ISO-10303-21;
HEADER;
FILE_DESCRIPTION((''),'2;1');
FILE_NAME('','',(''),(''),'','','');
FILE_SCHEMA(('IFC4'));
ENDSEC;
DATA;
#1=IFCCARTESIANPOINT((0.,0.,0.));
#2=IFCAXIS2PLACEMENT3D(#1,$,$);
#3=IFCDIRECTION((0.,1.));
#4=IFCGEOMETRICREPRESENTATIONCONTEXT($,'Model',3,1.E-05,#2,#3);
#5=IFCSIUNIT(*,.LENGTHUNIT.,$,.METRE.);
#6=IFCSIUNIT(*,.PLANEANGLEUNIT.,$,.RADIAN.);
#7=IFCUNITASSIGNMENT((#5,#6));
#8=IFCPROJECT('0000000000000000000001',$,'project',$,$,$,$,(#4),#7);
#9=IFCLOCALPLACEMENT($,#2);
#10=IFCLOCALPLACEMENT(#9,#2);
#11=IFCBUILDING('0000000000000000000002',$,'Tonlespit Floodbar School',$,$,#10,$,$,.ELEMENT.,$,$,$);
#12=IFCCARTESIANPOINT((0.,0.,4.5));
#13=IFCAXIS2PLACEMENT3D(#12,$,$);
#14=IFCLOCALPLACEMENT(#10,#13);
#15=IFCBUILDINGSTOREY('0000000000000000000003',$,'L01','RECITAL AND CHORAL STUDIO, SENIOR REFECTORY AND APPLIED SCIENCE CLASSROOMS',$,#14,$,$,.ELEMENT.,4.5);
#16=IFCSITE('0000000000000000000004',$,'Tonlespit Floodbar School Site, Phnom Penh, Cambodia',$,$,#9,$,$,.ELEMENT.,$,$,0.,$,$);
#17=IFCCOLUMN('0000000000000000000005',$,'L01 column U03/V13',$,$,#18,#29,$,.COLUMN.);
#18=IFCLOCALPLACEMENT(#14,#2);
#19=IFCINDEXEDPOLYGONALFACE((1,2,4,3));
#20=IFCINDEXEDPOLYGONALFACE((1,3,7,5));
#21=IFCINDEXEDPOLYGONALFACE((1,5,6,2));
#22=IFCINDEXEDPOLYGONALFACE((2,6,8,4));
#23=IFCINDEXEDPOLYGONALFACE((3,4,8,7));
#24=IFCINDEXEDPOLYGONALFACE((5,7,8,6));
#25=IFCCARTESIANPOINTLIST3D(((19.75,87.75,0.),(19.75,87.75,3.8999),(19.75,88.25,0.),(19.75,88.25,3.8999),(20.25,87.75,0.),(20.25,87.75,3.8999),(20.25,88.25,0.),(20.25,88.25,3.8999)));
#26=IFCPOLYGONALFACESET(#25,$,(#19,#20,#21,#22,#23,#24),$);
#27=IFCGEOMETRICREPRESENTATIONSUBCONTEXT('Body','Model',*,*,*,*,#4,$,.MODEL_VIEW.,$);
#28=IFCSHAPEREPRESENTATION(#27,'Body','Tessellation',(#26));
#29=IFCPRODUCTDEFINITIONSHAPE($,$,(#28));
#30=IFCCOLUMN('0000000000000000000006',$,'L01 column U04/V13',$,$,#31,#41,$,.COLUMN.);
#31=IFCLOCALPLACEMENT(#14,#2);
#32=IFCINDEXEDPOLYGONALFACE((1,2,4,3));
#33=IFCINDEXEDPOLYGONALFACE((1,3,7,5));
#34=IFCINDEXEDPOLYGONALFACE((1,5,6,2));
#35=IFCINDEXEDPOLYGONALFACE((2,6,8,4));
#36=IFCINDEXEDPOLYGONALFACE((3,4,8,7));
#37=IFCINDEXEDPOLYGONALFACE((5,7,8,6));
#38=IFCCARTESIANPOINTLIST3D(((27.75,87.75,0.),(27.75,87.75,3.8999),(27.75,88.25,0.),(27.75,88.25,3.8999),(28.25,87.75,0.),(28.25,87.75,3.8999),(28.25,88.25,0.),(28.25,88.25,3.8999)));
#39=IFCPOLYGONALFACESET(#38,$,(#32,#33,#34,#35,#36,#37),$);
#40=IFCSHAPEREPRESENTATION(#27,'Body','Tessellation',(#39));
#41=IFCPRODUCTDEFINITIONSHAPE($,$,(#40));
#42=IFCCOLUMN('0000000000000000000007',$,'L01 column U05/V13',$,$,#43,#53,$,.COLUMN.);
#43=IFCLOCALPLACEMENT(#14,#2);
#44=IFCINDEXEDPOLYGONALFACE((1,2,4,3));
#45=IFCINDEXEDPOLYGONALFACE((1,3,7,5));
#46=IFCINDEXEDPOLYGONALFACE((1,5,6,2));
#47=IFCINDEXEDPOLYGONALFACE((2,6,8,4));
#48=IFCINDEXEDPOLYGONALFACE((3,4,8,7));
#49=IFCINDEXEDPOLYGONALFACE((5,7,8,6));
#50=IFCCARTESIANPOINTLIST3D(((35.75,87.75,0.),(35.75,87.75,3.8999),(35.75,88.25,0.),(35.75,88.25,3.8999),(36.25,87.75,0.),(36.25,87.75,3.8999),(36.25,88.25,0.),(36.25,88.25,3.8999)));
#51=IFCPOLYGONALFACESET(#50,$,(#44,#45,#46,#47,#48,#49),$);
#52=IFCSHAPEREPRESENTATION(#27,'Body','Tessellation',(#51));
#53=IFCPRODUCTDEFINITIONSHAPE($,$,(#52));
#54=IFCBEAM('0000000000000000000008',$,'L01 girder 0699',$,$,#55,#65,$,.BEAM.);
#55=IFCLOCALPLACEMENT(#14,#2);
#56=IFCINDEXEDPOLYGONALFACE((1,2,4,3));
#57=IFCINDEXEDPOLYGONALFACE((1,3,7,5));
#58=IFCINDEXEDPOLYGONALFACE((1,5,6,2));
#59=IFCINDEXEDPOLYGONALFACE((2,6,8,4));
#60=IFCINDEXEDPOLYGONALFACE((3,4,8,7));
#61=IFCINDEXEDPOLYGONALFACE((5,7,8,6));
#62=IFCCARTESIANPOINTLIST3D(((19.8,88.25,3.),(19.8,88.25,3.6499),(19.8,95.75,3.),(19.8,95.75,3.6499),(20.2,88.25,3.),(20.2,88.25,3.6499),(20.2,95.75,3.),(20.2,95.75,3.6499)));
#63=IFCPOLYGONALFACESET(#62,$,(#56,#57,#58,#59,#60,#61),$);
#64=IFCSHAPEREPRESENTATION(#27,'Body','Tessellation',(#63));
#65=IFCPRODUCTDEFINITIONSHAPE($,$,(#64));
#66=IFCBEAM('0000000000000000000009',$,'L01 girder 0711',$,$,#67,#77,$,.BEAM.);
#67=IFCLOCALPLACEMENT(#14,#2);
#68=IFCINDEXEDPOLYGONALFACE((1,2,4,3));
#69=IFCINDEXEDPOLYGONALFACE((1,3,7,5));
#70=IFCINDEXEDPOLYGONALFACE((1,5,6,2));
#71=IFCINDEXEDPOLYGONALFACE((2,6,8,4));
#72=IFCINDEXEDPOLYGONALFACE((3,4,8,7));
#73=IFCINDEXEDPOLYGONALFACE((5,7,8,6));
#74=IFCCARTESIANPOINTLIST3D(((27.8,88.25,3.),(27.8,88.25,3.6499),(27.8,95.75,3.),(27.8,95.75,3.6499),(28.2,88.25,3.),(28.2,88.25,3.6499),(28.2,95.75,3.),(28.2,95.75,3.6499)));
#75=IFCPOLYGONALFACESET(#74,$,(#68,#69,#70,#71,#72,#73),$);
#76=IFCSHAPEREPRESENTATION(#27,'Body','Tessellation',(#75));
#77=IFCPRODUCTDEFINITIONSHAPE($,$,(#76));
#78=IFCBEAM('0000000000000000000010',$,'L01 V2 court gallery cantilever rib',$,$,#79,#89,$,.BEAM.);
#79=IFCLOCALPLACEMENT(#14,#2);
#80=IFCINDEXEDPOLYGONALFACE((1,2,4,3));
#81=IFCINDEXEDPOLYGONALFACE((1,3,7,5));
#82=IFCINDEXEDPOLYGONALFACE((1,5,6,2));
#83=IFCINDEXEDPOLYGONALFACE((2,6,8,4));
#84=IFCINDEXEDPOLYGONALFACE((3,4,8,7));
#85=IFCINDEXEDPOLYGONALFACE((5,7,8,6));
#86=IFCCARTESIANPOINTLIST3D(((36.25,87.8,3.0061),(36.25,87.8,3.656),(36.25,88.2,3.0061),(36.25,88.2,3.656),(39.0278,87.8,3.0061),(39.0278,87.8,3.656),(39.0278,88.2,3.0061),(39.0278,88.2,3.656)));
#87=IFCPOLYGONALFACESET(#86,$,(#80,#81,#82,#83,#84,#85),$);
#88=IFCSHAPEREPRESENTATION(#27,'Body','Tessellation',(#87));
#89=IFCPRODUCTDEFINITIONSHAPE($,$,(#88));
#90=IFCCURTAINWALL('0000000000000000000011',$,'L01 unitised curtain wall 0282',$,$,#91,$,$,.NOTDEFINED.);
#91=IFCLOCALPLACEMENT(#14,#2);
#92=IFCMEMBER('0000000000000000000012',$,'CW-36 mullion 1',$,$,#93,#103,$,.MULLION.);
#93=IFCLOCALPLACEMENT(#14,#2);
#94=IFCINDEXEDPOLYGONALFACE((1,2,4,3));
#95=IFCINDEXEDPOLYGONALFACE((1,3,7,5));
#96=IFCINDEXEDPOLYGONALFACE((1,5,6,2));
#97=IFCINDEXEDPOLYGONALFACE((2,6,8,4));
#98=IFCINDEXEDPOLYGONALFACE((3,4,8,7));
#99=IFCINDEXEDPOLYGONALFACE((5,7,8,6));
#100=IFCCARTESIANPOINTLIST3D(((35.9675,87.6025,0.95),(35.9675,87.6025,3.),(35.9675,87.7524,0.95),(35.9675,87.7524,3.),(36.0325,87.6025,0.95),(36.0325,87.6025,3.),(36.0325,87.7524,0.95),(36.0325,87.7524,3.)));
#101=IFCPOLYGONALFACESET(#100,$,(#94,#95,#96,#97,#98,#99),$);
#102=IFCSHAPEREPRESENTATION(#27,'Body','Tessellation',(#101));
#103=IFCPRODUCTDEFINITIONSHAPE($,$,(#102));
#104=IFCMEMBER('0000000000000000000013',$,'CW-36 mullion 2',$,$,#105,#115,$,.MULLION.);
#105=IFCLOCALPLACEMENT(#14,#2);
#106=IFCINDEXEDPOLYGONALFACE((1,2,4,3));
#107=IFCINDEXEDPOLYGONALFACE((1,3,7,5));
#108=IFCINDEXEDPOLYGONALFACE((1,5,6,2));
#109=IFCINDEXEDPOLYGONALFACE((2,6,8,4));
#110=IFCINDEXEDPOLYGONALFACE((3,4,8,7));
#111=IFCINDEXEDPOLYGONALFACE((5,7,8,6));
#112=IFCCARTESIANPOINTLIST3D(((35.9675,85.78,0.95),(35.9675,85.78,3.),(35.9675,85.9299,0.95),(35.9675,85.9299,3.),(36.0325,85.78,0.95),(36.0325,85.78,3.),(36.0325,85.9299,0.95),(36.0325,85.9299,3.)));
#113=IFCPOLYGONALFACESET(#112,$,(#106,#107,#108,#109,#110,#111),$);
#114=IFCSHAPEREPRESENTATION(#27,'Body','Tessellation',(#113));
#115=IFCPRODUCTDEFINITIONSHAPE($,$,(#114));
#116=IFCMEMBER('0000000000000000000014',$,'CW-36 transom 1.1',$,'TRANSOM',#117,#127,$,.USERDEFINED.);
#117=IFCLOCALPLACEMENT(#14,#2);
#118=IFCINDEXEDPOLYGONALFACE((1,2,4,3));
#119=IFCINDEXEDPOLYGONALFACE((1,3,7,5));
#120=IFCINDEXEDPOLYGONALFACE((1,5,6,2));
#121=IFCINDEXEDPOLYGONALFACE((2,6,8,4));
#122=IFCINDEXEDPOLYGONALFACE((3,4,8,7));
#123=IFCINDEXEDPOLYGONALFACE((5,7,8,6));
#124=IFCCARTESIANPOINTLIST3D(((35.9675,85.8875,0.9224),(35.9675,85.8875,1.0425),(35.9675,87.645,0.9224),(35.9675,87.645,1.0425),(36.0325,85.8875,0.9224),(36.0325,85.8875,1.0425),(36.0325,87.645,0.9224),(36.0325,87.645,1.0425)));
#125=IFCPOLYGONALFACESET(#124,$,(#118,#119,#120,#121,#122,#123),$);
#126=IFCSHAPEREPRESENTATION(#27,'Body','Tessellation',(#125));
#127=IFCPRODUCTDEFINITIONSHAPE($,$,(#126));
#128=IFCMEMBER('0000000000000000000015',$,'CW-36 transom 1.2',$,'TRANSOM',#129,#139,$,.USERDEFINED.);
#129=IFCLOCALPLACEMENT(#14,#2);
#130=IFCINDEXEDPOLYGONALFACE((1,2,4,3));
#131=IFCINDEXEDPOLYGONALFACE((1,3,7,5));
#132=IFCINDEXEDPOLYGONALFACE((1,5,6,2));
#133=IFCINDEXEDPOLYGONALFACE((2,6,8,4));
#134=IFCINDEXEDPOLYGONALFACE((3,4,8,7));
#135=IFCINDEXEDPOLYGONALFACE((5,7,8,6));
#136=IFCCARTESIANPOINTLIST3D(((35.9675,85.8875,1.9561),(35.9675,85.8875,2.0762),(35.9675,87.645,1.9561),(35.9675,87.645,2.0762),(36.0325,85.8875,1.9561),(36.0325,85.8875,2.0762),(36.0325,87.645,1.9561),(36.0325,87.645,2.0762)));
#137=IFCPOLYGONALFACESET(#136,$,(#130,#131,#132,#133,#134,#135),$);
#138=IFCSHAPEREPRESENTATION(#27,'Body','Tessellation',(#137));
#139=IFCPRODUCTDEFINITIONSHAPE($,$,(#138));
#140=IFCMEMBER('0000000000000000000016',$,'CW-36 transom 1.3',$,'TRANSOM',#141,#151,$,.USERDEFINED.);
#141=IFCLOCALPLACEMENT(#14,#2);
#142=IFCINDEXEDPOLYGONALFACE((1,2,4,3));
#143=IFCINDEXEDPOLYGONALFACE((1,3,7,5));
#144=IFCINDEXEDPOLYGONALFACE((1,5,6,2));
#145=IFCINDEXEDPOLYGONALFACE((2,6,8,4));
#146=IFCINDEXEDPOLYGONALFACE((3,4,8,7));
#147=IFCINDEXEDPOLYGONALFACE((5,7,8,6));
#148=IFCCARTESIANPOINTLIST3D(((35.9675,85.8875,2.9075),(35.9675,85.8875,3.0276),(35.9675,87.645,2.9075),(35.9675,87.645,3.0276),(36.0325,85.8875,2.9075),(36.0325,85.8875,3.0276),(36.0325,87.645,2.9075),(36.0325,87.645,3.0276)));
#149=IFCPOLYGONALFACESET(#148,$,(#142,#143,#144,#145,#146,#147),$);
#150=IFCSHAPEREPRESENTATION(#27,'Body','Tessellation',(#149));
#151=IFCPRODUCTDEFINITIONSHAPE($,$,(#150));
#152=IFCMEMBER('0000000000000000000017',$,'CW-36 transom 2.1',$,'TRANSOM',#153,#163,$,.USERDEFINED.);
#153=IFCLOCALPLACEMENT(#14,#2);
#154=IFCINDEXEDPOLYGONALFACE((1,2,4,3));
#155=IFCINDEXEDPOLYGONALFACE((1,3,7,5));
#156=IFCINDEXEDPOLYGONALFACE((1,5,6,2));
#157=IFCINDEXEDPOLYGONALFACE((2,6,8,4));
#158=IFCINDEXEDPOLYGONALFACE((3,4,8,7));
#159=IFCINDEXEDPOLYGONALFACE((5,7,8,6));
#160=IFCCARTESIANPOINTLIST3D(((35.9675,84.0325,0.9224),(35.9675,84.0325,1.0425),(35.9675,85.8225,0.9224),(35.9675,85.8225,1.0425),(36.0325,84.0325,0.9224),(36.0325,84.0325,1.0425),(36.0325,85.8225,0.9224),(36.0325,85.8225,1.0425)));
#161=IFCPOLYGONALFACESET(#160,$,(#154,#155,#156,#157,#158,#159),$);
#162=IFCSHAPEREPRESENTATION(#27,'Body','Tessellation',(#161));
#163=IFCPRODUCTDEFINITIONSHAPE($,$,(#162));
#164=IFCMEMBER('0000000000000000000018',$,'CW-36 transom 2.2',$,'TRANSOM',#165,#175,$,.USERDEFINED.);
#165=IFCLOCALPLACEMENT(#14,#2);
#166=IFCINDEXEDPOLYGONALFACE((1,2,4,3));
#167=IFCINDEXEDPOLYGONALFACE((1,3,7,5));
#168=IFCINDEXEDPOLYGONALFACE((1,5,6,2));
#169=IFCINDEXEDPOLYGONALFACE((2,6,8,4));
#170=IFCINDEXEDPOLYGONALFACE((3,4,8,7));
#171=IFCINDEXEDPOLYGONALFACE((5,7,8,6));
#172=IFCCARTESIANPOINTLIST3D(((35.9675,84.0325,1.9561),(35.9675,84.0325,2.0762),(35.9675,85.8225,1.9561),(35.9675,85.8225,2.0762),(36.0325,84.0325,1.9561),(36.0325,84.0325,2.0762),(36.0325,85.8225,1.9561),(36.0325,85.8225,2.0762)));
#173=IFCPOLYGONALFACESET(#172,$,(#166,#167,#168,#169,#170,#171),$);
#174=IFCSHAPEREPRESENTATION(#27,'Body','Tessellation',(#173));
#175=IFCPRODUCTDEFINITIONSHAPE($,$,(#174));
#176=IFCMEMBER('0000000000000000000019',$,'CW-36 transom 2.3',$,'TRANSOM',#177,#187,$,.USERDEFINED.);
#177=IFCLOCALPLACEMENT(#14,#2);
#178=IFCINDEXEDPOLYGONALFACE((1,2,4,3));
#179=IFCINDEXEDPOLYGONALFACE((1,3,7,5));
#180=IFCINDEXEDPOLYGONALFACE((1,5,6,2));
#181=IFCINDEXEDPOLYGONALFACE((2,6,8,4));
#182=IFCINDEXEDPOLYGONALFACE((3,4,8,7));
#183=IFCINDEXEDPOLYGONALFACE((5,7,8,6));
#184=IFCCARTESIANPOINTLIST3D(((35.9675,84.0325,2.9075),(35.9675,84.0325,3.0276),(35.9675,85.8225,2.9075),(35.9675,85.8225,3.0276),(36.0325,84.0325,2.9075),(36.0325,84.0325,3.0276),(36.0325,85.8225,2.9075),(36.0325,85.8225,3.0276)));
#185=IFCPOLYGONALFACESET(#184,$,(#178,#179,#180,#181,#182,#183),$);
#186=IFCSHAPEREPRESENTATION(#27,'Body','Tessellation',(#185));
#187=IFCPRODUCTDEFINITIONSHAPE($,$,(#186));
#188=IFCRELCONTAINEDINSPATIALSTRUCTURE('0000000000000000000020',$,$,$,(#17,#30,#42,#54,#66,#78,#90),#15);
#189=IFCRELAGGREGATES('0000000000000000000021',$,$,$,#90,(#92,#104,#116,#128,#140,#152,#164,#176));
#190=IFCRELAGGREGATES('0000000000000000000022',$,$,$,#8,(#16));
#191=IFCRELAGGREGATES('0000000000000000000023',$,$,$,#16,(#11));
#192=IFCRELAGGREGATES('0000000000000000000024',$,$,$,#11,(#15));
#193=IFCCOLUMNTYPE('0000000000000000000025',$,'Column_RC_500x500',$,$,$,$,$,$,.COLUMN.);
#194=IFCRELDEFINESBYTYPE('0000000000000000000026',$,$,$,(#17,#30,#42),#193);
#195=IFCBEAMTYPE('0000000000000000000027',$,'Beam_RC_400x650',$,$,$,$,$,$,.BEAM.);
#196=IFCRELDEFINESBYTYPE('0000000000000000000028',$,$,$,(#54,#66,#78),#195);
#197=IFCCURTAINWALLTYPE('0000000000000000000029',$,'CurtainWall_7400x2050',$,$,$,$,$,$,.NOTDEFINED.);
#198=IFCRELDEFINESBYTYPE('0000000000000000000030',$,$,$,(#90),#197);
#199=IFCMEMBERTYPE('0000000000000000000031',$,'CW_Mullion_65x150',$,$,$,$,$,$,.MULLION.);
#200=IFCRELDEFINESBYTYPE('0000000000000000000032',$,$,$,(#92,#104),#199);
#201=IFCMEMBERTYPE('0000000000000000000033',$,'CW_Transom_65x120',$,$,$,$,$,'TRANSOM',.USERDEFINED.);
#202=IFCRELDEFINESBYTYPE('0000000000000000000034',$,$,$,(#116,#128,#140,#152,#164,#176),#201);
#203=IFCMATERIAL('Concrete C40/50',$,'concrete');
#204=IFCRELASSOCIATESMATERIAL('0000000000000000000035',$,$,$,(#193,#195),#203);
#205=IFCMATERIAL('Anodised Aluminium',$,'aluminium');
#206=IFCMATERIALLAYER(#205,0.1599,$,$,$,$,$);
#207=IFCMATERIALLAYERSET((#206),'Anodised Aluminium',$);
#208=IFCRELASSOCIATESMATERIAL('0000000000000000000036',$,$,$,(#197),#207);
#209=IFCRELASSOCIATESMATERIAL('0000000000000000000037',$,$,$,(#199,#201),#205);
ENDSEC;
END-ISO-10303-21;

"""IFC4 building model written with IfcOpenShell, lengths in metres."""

from ifc_helpers import new_model, si_unit, direction, frame, origin, origin_2d, place, context, subcontext, project, spatial, rectangle, extrude, material, layer, layer_set, material_profile, profile_set, type_object, element, aggregate, save


model = new_model("IFC4")

# Units and contexts
model_context = context("Model", 3, precision=1e-05, world=origin(), true_north=direction((0.0, 1.0)))
body_context = subcontext(model_context, "Body", "Model", "MODEL_VIEW")
ifc_project = project(units=[si_unit("LENGTHUNIT", "METRE"), si_unit("PLANEANGLEUNIT", "RADIAN")], contexts=[model_context])

# Site, building, storey
site_placement = place(None, origin())
site = spatial("IfcSite", under=ifc_project, at=site_placement, Name="Tonlespit Floodbar School Site, Phnom Penh, Cambodia", CompositionType="ELEMENT", RefElevation=0.0)
building_placement = place(site_placement, origin())
building = spatial("IfcBuilding", under=site, at=building_placement, Name="Tonlespit Floodbar School", CompositionType="ELEMENT")
storey_placement = place(building_placement, frame((0.0, 0.0, 4.5)))
storey = spatial("IfcBuildingStorey", under=building, at=storey_placement, Name="L01", Description="RECITAL AND CHORAL STUDIO, SENIOR REFECTORY AND APPLIED SCIENCE CLASSROOMS", CompositionType="ELEMENT", Elevation=4.5)

# Columns
ifc_material_1 = material(Name="Concrete C40/50", Category="concrete")
ifc_material_profile_1 = material_profile(ifc_material_1, rectangle(XDim=0.5, YDim=0.5, at=origin_2d()), Name="RC 500x500")
ifc_profile_set_1 = profile_set([ifc_material_profile_1], Name="Concrete C40/50")
column_type = type_object("IfcColumnType", Name="Column_RC_500x500", PredefinedType="COLUMN", material=ifc_profile_set_1)
for number, where, z_axis, x_axis, name in (
    (1, (20.0, 88.0, 0.0), (0.0, 0.0, 1.0), (1.0, 0.0, 0.0), "L01 column U03/V13"),
    (2, (28.0, 88.0, 0.0), (0.0, 0.0, 1.0), (1.0, 0.0, 0.0), "L01 column U04/V13"),
    (3, (36.0, 88.0, 0.0), (0.0, 0.0, 1.0), (1.0, 0.0, 0.0), "L01 column U05/V13"),
):
    element("IfcColumn", number, at=place(storey_placement, frame(where, z_axis=z_axis, x_axis=x_axis)), inside=storey, type_object=column_type, Name=name, PredefinedType="COLUMN", context=body_context, shape_type="SweptSolid", body=[
        extrude(rectangle(XDim=0.5, YDim=0.5, at=origin_2d()), origin(), (0.0, 0.0, 1.0), 3.8999),
    ])

# Beams
ifc_material_profile_2 = material_profile(ifc_material_1, rectangle(XDim=0.3999, YDim=0.6499, at=origin_2d()), Name="RC 400x650")
ifc_profile_set_2 = profile_set([ifc_material_profile_2], Name="Concrete C40/50")
beam_type_1 = type_object("IfcBeamType", Name="Beam_RC_400x650", PredefinedType="BEAM", material=ifc_profile_set_2)
for number, where, z_axis, x_axis, name in (
    (4, (20.0, 88.25, 3.325), (0.0, 1.0, 0.0), (-1.0, 0.0, 0.0), "L01 girder 0699"),
    (5, (28.0, 88.25, 3.325), (0.0, 1.0, 0.0), (-1.0, 0.0, 0.0), "L01 girder 0711"),
):
    element("IfcBeam", number, at=place(storey_placement, frame(where, z_axis=z_axis, x_axis=x_axis)), inside=storey, type_object=beam_type_1, Name=name, PredefinedType="BEAM", context=body_context, shape_type="SweptSolid", body=[
        extrude(rectangle(XDim=0.3999, YDim=0.6499, at=origin_2d()), origin(), (0.0, 0.0, 1.0), 7.5),
    ])
beam_placement = place(storey_placement, frame((36.25, 88.0, 3.3311), z_axis=(1.0, 0.0, 0.0), x_axis=(0.0, 1.0, 0.0)))
element("IfcBeam", 6, at=beam_placement, inside=storey, type_object=beam_type_1, Name="L01 V2 court gallery cantilever rib", PredefinedType="BEAM", context=body_context, shape_type="SweptSolid", body=[
    extrude(rectangle(XDim=0.3999, YDim=0.6499, at=origin_2d()), origin(), (0.0, 0.0, 1.0), 2.7778),
])

# Curtain wall, members
ifc_material_2 = material(Name="Anodised Aluminium", Category="aluminium")
ifc_layer_1 = layer(ifc_material_2, 0.1599)
ifc_layer_set_1 = layer_set([ifc_layer_1], Name="Anodised Aluminium")
curtain_wall_type = type_object("IfcCurtainWallType", Name="CurtainWall_7400x2050", PredefinedType="NOTDEFINED", material=ifc_layer_set_1)
curtain_wall_placement = place(storey_placement, origin())
curtain_wall = element("IfcCurtainWall", 7, at=curtain_wall_placement, inside=storey, type_object=curtain_wall_type, Name="L01 unitised curtain wall 0282", PredefinedType="NOTDEFINED")
ifc_material_profile_3 = material_profile(ifc_material_2, rectangle(XDim=0.0649, YDim=0.1499, at=origin_2d()), Name="ALU M65x150")
ifc_profile_set_3 = profile_set([ifc_material_profile_3], Name="Anodised Aluminium")
member_type_1 = type_object("IfcMemberType", Name="CW_Mullion_65x150", PredefinedType="MULLION", material=ifc_profile_set_3)
member_1_placement = place(storey_placement, frame((36.0, 87.6775, 0.95), z_axis=(0.0, 0.0, 1.0), x_axis=(1.0, 0.0, 0.0)))
member_1 = element("IfcMember", 8, at=member_1_placement, type_object=member_type_1, Name="CW-36 mullion 1", PredefinedType="MULLION", context=body_context, shape_type="SweptSolid", body=[
    extrude(rectangle(XDim=0.0649, YDim=0.1499, at=origin_2d()), origin(), (0.0, 0.0, 1.0), 2.05),
])
member_2_placement = place(storey_placement, frame((36.0, 85.855, 0.95), z_axis=(0.0, 0.0, 1.0), x_axis=(1.0, 0.0, 0.0)))
member_2 = element("IfcMember", 9, at=member_2_placement, type_object=member_type_1, Name="CW-36 mullion 2", PredefinedType="MULLION", context=body_context, shape_type="SweptSolid", body=[
    extrude(rectangle(XDim=0.0649, YDim=0.1499, at=origin_2d()), origin(), (0.0, 0.0, 1.0), 2.05),
])
ifc_material_profile_4 = material_profile(ifc_material_2, rectangle(XDim=0.0649, YDim=0.1201, at=origin_2d()), Name="ALU T65x120")
ifc_profile_set_4 = profile_set([ifc_material_profile_4], Name="Anodised Aluminium")
member_type_2 = type_object("IfcMemberType", Name="CW_Transom_65x120", ElementType="TRANSOM", PredefinedType="USERDEFINED", material=ifc_profile_set_4)
member_3_placement = place(storey_placement, frame((36.0, 87.645, 0.9824), z_axis=(0.0, -1.0, 0.0), x_axis=(1.0, 0.0, 0.0)))
member_3 = element("IfcMember", 10, at=member_3_placement, type_object=member_type_2, Name="CW-36 transom 1.1", ObjectType="TRANSOM", PredefinedType="USERDEFINED", context=body_context, shape_type="SweptSolid", body=[
    extrude(rectangle(XDim=0.0649, YDim=0.1201, at=origin_2d()), origin(), (0.0, 0.0, 1.0), 1.7576),
])
member_4_placement = place(storey_placement, frame((36.0, 87.645, 2.0161), z_axis=(0.0, -1.0, 0.0), x_axis=(1.0, 0.0, 0.0)))
member_4 = element("IfcMember", 11, at=member_4_placement, type_object=member_type_2, Name="CW-36 transom 1.2", ObjectType="TRANSOM", PredefinedType="USERDEFINED", context=body_context, shape_type="SweptSolid", body=[
    extrude(rectangle(XDim=0.0649, YDim=0.1201, at=origin_2d()), origin(), (0.0, 0.0, 1.0), 1.7576),
])
member_5_placement = place(storey_placement, frame((36.0, 87.645, 2.9675), z_axis=(0.0, -1.0, 0.0), x_axis=(1.0, 0.0, 0.0)))
member_5 = element("IfcMember", 12, at=member_5_placement, type_object=member_type_2, Name="CW-36 transom 1.3", ObjectType="TRANSOM", PredefinedType="USERDEFINED", context=body_context, shape_type="SweptSolid", body=[
    extrude(rectangle(XDim=0.0649, YDim=0.1201, at=origin_2d()), origin(), (0.0, 0.0, 1.0), 1.7576),
])
member_6_placement = place(storey_placement, frame((36.0, 85.8225, 0.9824), z_axis=(0.0, -1.0, 0.0), x_axis=(1.0, 0.0, 0.0)))
member_6 = element("IfcMember", 13, at=member_6_placement, type_object=member_type_2, Name="CW-36 transom 2.1", ObjectType="TRANSOM", PredefinedType="USERDEFINED", context=body_context, shape_type="SweptSolid", body=[
    extrude(rectangle(XDim=0.0649, YDim=0.1201, at=origin_2d()), origin(), (0.0, 0.0, 1.0), 1.79),
])
member_7_placement = place(storey_placement, frame((36.0, 85.8225, 2.0161), z_axis=(0.0, -1.0, 0.0), x_axis=(1.0, 0.0, 0.0)))
member_7 = element("IfcMember", 14, at=member_7_placement, type_object=member_type_2, Name="CW-36 transom 2.2", ObjectType="TRANSOM", PredefinedType="USERDEFINED", context=body_context, shape_type="SweptSolid", body=[
    extrude(rectangle(XDim=0.0649, YDim=0.1201, at=origin_2d()), origin(), (0.0, 0.0, 1.0), 1.79),
])
member_8_placement = place(storey_placement, frame((36.0, 85.8225, 2.9675), z_axis=(0.0, -1.0, 0.0), x_axis=(1.0, 0.0, 0.0)))
member_8 = element("IfcMember", 15, at=member_8_placement, type_object=member_type_2, Name="CW-36 transom 2.3", ObjectType="TRANSOM", PredefinedType="USERDEFINED", context=body_context, shape_type="SweptSolid", body=[
    extrude(rectangle(XDim=0.0649, YDim=0.1201, at=origin_2d()), origin(), (0.0, 0.0, 1.0), 1.79),
])

aggregate(curtain_wall, [member_1, member_2, member_3, member_4, member_5, member_6, member_7, member_8])

save(model, "model.ifc")
